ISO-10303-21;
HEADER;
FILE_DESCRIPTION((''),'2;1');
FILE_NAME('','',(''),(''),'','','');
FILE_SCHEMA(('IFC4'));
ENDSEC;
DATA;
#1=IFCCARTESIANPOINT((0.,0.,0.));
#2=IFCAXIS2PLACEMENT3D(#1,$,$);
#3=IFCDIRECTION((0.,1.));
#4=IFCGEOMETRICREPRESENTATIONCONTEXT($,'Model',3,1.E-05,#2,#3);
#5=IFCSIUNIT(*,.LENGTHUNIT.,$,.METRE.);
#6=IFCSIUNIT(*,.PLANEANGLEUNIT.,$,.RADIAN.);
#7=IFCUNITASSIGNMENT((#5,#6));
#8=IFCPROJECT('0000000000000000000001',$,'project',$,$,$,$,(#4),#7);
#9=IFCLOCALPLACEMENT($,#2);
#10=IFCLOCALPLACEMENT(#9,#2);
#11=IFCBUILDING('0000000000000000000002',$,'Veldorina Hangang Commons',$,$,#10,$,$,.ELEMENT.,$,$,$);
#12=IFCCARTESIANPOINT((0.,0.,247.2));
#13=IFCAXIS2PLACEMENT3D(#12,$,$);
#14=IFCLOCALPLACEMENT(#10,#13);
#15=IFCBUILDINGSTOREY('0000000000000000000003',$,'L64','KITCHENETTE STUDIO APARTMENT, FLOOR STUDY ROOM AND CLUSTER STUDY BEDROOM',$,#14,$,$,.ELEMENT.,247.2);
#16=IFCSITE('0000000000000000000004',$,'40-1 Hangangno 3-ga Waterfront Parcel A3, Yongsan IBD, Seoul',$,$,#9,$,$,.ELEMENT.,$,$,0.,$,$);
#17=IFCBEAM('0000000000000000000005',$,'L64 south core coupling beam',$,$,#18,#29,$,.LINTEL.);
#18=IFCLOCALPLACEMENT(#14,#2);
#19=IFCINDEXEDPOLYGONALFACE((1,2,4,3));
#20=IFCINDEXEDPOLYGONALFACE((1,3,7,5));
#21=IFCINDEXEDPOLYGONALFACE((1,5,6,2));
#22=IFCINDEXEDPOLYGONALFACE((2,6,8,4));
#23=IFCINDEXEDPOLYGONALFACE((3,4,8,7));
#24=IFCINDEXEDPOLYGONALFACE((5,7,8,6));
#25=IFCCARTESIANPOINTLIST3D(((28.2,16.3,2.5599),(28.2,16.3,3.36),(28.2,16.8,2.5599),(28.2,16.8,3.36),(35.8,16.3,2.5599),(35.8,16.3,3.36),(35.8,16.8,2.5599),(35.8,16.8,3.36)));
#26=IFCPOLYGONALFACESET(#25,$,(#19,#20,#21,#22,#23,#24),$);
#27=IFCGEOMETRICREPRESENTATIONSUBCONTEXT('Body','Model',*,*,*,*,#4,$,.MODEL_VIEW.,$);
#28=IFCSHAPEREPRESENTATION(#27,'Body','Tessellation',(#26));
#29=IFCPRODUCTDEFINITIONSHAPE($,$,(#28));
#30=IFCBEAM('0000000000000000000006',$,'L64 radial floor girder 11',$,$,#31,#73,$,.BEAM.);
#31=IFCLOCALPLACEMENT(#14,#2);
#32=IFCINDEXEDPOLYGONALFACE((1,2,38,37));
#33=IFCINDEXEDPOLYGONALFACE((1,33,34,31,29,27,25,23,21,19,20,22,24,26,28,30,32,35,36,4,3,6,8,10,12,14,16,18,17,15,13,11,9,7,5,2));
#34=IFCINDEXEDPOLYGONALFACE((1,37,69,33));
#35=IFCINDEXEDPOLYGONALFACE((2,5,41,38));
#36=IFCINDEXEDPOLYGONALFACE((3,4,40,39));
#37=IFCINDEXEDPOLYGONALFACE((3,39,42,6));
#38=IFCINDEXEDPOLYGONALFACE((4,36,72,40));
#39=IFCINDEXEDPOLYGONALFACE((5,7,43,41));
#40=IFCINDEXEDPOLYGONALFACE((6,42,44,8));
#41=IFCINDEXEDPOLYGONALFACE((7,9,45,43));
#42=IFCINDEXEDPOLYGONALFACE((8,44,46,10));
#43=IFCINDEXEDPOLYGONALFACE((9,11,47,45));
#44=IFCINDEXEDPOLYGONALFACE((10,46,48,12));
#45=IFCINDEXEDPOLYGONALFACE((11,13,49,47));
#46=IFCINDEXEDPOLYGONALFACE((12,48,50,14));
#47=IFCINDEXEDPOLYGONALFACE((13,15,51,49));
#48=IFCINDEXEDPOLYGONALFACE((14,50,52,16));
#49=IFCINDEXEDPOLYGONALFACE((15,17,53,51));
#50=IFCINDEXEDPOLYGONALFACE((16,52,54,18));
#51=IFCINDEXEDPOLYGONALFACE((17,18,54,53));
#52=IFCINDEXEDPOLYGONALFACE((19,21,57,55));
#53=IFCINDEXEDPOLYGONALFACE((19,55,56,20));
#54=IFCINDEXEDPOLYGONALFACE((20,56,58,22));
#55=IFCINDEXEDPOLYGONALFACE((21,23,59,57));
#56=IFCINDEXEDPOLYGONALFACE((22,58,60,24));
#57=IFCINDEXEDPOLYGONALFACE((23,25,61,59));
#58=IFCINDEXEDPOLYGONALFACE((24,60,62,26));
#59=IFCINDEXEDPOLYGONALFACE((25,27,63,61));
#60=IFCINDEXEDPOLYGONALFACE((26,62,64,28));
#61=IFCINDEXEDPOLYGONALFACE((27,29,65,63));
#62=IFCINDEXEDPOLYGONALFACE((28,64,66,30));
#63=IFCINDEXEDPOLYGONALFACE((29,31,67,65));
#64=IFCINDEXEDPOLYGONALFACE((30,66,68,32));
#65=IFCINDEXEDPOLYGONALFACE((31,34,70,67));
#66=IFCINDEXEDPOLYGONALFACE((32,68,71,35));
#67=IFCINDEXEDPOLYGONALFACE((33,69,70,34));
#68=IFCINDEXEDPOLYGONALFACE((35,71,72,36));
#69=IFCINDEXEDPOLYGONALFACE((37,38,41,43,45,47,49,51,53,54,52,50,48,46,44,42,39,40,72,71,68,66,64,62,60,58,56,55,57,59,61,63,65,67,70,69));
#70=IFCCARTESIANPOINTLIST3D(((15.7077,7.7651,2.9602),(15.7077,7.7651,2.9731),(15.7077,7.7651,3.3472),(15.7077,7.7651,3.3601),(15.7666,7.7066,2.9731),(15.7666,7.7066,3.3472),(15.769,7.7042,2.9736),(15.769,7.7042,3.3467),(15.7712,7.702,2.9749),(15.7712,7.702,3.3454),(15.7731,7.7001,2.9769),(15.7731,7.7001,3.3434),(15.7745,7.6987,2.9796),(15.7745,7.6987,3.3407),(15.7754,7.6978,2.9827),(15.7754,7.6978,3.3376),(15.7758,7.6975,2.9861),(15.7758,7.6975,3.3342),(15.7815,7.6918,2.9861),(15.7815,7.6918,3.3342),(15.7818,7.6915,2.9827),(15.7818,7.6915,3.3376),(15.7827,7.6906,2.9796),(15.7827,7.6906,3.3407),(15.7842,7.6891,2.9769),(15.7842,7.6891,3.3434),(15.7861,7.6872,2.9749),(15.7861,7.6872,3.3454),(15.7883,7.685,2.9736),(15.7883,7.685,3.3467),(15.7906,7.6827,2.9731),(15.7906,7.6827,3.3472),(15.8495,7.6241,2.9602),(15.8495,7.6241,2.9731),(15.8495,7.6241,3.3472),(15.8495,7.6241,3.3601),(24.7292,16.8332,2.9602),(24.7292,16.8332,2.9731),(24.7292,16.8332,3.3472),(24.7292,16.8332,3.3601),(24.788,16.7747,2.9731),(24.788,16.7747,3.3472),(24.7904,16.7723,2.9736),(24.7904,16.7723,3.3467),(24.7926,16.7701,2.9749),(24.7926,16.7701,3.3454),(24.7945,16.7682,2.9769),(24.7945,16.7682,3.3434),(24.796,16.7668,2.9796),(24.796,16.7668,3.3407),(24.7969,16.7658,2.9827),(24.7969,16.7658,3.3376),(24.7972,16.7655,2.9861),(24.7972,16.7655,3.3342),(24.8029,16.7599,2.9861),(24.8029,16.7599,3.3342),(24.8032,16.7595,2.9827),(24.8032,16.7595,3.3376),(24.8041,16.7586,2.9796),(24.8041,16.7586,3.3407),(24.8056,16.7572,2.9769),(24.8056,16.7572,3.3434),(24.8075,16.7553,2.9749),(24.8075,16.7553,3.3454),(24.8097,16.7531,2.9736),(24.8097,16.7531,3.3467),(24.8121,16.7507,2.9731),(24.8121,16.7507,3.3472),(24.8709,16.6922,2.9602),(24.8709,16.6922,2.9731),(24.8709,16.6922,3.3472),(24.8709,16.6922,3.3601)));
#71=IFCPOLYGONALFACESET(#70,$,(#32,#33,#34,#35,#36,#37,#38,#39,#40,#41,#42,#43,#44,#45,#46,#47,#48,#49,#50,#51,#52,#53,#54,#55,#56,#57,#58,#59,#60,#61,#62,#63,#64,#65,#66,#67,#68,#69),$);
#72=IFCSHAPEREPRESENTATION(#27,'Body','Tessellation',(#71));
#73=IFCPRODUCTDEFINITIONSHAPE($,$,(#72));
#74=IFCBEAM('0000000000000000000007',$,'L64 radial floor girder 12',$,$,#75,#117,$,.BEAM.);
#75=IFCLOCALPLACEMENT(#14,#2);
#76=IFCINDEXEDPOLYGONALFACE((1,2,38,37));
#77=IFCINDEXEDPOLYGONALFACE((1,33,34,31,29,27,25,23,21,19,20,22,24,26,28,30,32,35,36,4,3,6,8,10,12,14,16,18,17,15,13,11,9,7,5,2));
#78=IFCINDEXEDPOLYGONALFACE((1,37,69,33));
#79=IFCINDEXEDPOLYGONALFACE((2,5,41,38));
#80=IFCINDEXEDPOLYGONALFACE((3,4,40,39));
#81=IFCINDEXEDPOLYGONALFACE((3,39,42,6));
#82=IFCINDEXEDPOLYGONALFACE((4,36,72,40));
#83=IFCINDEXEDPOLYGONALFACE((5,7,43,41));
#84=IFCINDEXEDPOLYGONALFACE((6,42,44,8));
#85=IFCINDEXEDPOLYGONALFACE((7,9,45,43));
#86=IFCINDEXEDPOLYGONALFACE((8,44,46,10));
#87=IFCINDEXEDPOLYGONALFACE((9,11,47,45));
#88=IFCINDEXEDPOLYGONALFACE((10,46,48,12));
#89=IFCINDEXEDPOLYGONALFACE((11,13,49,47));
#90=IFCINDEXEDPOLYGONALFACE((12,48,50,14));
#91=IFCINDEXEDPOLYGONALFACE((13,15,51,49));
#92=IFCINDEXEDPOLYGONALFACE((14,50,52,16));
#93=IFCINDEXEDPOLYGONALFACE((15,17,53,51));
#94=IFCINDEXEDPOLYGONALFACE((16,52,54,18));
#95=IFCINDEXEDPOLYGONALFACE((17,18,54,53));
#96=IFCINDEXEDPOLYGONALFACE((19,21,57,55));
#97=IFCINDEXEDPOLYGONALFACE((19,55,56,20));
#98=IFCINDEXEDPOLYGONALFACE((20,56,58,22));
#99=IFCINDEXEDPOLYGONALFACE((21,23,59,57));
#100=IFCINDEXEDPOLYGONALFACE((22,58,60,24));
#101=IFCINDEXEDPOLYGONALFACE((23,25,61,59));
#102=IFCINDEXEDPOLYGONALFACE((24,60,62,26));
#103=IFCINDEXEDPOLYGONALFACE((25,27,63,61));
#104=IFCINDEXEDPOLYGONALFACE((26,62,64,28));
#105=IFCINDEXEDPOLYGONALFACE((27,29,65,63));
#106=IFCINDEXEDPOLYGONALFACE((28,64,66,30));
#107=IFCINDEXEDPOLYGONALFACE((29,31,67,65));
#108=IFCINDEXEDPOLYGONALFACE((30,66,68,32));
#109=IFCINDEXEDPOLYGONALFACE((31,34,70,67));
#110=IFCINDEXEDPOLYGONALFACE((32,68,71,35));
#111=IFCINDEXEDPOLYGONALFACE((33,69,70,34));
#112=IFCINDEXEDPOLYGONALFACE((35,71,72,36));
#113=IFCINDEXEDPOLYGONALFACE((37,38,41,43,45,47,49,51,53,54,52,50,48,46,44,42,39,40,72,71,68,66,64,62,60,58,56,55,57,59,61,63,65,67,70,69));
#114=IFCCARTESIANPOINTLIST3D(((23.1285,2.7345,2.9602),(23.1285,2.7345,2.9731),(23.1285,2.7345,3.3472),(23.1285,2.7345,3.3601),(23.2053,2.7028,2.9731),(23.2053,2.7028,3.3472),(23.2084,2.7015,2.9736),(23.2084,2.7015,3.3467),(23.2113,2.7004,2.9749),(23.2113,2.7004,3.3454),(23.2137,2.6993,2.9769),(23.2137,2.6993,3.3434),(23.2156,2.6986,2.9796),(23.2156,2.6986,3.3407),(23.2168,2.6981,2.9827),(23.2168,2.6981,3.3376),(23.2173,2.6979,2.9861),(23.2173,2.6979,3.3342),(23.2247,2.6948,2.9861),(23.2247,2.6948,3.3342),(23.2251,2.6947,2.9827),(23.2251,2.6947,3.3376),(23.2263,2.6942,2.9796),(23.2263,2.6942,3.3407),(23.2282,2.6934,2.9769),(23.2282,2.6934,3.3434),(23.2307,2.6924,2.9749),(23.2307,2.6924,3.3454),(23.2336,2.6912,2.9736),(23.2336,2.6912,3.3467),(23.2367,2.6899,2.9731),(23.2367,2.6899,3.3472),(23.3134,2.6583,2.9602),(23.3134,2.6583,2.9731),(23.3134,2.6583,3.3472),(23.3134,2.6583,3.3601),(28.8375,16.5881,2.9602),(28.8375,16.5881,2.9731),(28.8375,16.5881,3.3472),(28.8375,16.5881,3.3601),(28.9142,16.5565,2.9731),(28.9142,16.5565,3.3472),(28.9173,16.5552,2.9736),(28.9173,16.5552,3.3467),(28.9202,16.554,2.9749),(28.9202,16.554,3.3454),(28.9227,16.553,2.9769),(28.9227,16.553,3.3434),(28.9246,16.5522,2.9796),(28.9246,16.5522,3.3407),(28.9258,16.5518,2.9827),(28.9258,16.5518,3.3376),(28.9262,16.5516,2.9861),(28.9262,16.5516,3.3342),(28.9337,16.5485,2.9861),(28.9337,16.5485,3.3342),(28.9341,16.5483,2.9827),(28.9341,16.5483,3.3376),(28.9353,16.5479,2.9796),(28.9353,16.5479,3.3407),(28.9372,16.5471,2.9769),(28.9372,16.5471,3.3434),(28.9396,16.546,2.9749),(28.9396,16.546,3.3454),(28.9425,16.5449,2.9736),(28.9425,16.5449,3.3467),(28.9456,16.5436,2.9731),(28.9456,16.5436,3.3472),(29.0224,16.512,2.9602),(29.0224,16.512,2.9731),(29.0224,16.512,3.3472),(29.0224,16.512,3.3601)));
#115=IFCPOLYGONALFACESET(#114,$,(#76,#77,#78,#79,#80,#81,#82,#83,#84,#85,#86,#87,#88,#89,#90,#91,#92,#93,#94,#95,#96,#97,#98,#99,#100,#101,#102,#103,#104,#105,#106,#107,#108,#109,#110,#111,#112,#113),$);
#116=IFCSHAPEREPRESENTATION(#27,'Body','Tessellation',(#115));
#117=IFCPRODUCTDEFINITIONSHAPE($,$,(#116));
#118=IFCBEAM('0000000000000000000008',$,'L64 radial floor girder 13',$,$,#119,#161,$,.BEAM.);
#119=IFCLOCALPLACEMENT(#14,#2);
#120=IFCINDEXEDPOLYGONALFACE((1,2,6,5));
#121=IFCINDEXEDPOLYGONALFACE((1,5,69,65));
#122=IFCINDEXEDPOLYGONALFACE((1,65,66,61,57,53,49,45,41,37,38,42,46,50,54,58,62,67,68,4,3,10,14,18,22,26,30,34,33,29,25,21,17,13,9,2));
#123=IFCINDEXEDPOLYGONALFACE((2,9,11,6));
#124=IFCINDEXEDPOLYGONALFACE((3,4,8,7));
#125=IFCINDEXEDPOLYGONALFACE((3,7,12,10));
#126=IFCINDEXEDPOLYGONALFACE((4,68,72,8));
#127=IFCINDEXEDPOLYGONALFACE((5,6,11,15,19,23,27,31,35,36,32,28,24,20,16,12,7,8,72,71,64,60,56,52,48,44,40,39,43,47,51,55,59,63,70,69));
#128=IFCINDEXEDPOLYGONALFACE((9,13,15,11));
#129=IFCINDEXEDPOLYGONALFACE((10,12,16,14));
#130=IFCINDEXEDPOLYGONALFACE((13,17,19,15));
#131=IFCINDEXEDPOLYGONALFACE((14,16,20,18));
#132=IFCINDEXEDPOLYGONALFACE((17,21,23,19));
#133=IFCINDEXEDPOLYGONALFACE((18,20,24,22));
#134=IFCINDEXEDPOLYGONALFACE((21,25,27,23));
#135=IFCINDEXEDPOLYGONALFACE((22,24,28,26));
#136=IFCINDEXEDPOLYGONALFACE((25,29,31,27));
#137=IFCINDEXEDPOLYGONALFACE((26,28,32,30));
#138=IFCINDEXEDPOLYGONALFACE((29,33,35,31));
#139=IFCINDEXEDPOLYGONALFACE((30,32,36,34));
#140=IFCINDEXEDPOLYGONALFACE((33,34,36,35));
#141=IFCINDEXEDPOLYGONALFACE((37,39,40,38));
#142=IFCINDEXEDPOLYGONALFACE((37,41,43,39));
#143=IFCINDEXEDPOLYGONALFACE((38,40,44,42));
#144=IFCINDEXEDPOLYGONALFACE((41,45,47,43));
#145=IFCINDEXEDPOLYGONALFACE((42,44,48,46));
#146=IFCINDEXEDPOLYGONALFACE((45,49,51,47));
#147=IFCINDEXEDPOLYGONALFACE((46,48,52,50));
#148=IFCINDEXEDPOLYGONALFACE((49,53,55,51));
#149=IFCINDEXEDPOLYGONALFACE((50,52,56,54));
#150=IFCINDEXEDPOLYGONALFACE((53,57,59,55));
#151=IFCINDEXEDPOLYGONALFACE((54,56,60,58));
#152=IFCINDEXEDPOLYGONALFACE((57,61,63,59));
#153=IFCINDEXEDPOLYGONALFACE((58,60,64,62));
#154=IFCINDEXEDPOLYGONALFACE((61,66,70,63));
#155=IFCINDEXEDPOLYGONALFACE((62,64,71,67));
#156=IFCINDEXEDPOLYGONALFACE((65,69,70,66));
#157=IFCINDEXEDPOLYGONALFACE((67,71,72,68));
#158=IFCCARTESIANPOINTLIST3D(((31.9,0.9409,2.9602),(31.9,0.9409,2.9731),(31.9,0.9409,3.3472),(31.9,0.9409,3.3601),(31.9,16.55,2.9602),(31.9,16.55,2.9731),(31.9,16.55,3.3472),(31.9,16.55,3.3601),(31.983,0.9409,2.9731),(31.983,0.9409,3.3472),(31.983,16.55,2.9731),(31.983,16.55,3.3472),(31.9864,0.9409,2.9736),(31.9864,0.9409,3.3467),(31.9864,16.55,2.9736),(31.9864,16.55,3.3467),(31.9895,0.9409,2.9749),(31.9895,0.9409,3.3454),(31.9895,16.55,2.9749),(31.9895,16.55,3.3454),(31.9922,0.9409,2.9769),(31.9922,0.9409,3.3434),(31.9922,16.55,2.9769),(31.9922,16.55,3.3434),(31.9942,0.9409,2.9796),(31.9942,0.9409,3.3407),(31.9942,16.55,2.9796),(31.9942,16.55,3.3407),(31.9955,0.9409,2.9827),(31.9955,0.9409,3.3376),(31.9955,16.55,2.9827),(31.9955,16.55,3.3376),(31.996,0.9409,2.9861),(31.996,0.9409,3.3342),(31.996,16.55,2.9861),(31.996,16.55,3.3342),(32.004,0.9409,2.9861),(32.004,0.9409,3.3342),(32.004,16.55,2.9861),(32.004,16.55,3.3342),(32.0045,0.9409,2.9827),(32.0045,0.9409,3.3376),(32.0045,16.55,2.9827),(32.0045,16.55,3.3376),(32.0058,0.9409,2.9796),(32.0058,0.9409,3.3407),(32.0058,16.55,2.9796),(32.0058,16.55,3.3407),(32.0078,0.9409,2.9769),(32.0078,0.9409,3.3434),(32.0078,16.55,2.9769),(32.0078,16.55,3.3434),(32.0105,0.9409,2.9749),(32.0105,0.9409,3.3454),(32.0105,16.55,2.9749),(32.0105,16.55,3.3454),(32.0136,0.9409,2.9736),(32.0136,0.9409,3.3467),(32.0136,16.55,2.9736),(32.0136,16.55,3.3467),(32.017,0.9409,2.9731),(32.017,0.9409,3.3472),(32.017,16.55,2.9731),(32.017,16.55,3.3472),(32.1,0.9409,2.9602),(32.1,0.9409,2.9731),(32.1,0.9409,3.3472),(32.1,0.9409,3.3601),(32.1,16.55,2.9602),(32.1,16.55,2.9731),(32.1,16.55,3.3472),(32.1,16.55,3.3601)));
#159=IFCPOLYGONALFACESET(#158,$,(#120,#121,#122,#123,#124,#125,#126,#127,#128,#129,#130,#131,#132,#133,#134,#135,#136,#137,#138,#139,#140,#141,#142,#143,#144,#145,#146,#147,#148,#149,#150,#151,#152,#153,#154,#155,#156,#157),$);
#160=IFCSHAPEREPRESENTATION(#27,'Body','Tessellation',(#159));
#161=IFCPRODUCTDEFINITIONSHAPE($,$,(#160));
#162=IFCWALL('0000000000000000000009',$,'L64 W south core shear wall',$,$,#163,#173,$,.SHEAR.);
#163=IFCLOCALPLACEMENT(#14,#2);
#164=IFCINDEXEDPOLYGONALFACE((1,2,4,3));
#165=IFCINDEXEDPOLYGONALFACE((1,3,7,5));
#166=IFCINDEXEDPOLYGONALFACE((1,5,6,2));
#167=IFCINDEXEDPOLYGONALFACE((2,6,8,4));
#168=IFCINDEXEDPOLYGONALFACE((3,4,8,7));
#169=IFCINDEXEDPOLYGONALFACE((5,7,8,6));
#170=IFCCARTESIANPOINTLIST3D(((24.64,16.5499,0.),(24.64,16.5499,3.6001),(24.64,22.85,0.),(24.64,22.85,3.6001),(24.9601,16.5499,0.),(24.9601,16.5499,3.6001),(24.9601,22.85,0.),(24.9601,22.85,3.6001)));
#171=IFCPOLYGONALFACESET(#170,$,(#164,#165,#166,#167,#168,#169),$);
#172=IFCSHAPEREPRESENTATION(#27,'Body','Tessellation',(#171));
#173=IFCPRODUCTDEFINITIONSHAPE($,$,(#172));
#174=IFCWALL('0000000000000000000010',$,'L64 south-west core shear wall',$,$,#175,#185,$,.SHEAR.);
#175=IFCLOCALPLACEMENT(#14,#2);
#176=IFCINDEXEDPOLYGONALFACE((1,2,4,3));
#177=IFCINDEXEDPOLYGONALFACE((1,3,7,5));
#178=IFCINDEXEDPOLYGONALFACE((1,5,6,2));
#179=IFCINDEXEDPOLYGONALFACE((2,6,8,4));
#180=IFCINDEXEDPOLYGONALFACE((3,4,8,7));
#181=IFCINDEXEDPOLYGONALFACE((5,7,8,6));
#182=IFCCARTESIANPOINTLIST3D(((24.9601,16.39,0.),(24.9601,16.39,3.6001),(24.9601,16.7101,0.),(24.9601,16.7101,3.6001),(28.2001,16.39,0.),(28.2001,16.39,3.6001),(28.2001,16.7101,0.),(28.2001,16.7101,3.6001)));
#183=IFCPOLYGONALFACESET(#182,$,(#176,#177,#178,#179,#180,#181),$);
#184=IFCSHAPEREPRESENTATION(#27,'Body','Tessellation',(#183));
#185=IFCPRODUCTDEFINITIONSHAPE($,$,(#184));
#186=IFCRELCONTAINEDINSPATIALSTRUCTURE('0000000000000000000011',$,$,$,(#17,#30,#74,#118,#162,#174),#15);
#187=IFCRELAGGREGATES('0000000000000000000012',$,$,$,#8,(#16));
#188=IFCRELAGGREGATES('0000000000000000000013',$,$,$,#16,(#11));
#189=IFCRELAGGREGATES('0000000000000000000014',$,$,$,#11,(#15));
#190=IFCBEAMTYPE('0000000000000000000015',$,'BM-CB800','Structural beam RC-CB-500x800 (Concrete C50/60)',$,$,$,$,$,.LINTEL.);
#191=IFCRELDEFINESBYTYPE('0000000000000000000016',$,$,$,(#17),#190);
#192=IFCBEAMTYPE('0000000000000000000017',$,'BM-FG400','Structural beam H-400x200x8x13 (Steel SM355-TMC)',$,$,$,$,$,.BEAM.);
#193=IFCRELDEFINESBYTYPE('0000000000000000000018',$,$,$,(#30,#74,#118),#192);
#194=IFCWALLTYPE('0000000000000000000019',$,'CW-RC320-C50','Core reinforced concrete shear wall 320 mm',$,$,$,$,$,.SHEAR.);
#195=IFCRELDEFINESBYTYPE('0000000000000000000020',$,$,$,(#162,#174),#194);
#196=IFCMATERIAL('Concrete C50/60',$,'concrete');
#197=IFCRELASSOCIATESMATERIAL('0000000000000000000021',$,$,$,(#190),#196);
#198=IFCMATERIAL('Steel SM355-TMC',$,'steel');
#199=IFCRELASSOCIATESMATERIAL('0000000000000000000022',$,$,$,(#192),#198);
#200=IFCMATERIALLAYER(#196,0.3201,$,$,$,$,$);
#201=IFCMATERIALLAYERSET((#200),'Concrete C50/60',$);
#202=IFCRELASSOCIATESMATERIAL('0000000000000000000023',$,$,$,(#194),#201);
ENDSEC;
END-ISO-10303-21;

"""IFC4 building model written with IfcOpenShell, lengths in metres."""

from ifc_helpers import new_model, si_unit, direction, frame, frame_2d, origin, origin_2d, place, context, subcontext, project, spatial, rectangle, i_section, extrude, material, layer, layer_set, material_profile, profile_set, type_object, element, save


model = new_model("IFC4")

# Units and contexts
model_context = context("Model", 3, precision=1e-05, world=origin(), true_north=direction((0.0, 1.0)))
body_context = subcontext(model_context, "Body", "Model", "MODEL_VIEW")
ifc_project = project(units=[si_unit("LENGTHUNIT", "METRE"), si_unit("PLANEANGLEUNIT", "RADIAN")], contexts=[model_context])

# Site, building, storey
site_placement = place(None, origin())
site = spatial("IfcSite", under=ifc_project, at=site_placement, Name="40-1 Hangangno 3-ga Waterfront Parcel A3, Yongsan IBD, Seoul", CompositionType="ELEMENT", RefElevation=0.0)
building_placement = place(site_placement, origin())
building = spatial("IfcBuilding", under=site, at=building_placement, Name="Veldorina Hangang Commons", CompositionType="ELEMENT")
storey_placement = place(building_placement, frame((0.0, 0.0, 247.2)))
storey = spatial("IfcBuildingStorey", under=building, at=storey_placement, Name="L64", Description="KITCHENETTE STUDIO APARTMENT, FLOOR STUDY ROOM AND CLUSTER STUDY BEDROOM", CompositionType="ELEMENT", Elevation=247.2)

# Beams
ifc_material_1 = material(Name="Concrete C50/60", Category="concrete")
ifc_material_profile_1 = material_profile(ifc_material_1, rectangle(XDim=0.5, YDim=0.8, at=origin_2d()), Name="RC-CB-500x800")
ifc_profile_set_1 = profile_set([ifc_material_profile_1], Name="Concrete C50/60")
beam_type_1 = type_object("IfcBeamType", Name="BM-CB800", Description="Structural beam RC-CB-500x800 (Concrete C50/60)", PredefinedType="LINTEL", material=ifc_profile_set_1)
beam_1_placement = place(storey_placement, frame((28.2, 16.55, 2.96), z_axis=(1.0, 0.0, 0.0), x_axis=(0.0, 1.0, 0.0)))
element("IfcBeam", 1, at=beam_1_placement, inside=storey, type_object=beam_type_1, Name="L64 south core coupling beam", PredefinedType="LINTEL", context=body_context, shape_type="SweptSolid", body=[
    extrude(rectangle(XDim=0.5, YDim=0.8, at=origin_2d()), origin(), (0.0, 0.0, 1.0), 7.6001),
])
ifc_material_2 = material(Name="Steel SM355-TMC", Category="steel")
ifc_material_profile_2 = material_profile(ifc_material_2, i_section(OverallWidth=0.2, OverallDepth=0.3999, WebThickness=0.0081, FlangeThickness=0.0129, FilletRadius=0.0129, at=origin_2d()), Name="H-400x200x8x13")
ifc_profile_set_2 = profile_set([ifc_material_profile_2], Name="Steel SM355-TMC")
beam_type_2 = type_object("IfcBeamType", Name="BM-FG400", Description="Structural beam H-400x200x8x13 (Steel SM355-TMC)", PredefinedType="BEAM", material=ifc_profile_set_2)
beam_2_placement = place(storey_placement, frame((24.8, 16.7627, 3.1602), z_axis=(-0.705282, -0.708927, 0.0), x_axis=(0.708927, -0.705282, 0.0)))
element("IfcBeam", 2, at=beam_2_placement, inside=storey, type_object=beam_type_2, Name="L64 radial floor girder 11", PredefinedType="BEAM", context=body_context, shape_type="SweptSolid", body=[
    extrude(i_section(OverallWidth=0.2, OverallDepth=0.3999, WebThickness=0.0081, FlangeThickness=0.0129, FilletRadius=0.0129, at=origin_2d()), origin(), (0.0, 0.0, 1.0), 12.7913),
])
beam_3_placement = place(storey_placement, frame((28.9299, 16.55, 3.1602), z_axis=(-0.381006, -0.924572, 0.0), x_axis=(0.924572, -0.381006, 0.0)))
element("IfcBeam", 3, at=beam_3_placement, inside=storey, type_object=beam_type_2, Name="L64 radial floor girder 12", PredefinedType="BEAM", context=body_context, shape_type="SweptSolid", body=[
    extrude(i_section(OverallWidth=0.2, OverallDepth=0.3999, WebThickness=0.0081, FlangeThickness=0.0129, FilletRadius=0.0129, at=origin_2d()), origin(), (0.0, 0.0, 1.0), 14.9839),
])
beam_4_placement = place(storey_placement, frame((32.0, 16.55, 3.1602), z_axis=(0.0, -1.0, 0.0), x_axis=(1.0, 0.0, 0.0)))
element("IfcBeam", 4, at=beam_4_placement, inside=storey, type_object=beam_type_2, Name="L64 radial floor girder 13", PredefinedType="BEAM", context=body_context, shape_type="SweptSolid", body=[
    extrude(i_section(OverallWidth=0.2, OverallDepth=0.3999, WebThickness=0.0081, FlangeThickness=0.0129, FilletRadius=0.0129, at=origin_2d()), origin(), (0.0, 0.0, 1.0), 15.6091),
])

# Walls
ifc_layer_1 = layer(ifc_material_1, 0.3201)
ifc_layer_set_1 = layer_set([ifc_layer_1], Name="Concrete C50/60")
wall_type_1 = type_object("IfcWallType", Name="CW-RC320-C50", Description="Core reinforced concrete shear wall 320 mm", PredefinedType="SHEAR", material=ifc_layer_set_1)
wall_1_placement = place(storey_placement, frame((24.8, 16.55, 0.0), z_axis=(0.0, 0.0, 1.0), x_axis=(0.0, 1.0, 0.0)))
element("IfcWall", 5, at=wall_1_placement, inside=storey, type_object=wall_type_1, Name="L64 W south core shear wall", PredefinedType="SHEAR", context=body_context, shape_type="SweptSolid", body=[
    extrude(rectangle(XDim=6.3, YDim=0.3201, at=frame_2d((3.1499, 0.0))), origin(), (0.0, 0.0, 1.0), 3.6001),
])
wall_2_placement = place(storey_placement, frame((24.96, 16.55, 0.0), z_axis=(0.0, 0.0, 1.0), x_axis=(1.0, 0.0, 0.0)))
element("IfcWall", 6, at=wall_2_placement, inside=storey, type_object=wall_type_1, Name="L64 south-west core shear wall", PredefinedType="SHEAR", context=body_context, shape_type="SweptSolid", body=[
    extrude(rectangle(XDim=3.24, YDim=0.3201, at=frame_2d((1.6201, 0.0))), origin(), (0.0, 0.0, 1.0), 3.6001),
])

save(model, "model.ifc")
